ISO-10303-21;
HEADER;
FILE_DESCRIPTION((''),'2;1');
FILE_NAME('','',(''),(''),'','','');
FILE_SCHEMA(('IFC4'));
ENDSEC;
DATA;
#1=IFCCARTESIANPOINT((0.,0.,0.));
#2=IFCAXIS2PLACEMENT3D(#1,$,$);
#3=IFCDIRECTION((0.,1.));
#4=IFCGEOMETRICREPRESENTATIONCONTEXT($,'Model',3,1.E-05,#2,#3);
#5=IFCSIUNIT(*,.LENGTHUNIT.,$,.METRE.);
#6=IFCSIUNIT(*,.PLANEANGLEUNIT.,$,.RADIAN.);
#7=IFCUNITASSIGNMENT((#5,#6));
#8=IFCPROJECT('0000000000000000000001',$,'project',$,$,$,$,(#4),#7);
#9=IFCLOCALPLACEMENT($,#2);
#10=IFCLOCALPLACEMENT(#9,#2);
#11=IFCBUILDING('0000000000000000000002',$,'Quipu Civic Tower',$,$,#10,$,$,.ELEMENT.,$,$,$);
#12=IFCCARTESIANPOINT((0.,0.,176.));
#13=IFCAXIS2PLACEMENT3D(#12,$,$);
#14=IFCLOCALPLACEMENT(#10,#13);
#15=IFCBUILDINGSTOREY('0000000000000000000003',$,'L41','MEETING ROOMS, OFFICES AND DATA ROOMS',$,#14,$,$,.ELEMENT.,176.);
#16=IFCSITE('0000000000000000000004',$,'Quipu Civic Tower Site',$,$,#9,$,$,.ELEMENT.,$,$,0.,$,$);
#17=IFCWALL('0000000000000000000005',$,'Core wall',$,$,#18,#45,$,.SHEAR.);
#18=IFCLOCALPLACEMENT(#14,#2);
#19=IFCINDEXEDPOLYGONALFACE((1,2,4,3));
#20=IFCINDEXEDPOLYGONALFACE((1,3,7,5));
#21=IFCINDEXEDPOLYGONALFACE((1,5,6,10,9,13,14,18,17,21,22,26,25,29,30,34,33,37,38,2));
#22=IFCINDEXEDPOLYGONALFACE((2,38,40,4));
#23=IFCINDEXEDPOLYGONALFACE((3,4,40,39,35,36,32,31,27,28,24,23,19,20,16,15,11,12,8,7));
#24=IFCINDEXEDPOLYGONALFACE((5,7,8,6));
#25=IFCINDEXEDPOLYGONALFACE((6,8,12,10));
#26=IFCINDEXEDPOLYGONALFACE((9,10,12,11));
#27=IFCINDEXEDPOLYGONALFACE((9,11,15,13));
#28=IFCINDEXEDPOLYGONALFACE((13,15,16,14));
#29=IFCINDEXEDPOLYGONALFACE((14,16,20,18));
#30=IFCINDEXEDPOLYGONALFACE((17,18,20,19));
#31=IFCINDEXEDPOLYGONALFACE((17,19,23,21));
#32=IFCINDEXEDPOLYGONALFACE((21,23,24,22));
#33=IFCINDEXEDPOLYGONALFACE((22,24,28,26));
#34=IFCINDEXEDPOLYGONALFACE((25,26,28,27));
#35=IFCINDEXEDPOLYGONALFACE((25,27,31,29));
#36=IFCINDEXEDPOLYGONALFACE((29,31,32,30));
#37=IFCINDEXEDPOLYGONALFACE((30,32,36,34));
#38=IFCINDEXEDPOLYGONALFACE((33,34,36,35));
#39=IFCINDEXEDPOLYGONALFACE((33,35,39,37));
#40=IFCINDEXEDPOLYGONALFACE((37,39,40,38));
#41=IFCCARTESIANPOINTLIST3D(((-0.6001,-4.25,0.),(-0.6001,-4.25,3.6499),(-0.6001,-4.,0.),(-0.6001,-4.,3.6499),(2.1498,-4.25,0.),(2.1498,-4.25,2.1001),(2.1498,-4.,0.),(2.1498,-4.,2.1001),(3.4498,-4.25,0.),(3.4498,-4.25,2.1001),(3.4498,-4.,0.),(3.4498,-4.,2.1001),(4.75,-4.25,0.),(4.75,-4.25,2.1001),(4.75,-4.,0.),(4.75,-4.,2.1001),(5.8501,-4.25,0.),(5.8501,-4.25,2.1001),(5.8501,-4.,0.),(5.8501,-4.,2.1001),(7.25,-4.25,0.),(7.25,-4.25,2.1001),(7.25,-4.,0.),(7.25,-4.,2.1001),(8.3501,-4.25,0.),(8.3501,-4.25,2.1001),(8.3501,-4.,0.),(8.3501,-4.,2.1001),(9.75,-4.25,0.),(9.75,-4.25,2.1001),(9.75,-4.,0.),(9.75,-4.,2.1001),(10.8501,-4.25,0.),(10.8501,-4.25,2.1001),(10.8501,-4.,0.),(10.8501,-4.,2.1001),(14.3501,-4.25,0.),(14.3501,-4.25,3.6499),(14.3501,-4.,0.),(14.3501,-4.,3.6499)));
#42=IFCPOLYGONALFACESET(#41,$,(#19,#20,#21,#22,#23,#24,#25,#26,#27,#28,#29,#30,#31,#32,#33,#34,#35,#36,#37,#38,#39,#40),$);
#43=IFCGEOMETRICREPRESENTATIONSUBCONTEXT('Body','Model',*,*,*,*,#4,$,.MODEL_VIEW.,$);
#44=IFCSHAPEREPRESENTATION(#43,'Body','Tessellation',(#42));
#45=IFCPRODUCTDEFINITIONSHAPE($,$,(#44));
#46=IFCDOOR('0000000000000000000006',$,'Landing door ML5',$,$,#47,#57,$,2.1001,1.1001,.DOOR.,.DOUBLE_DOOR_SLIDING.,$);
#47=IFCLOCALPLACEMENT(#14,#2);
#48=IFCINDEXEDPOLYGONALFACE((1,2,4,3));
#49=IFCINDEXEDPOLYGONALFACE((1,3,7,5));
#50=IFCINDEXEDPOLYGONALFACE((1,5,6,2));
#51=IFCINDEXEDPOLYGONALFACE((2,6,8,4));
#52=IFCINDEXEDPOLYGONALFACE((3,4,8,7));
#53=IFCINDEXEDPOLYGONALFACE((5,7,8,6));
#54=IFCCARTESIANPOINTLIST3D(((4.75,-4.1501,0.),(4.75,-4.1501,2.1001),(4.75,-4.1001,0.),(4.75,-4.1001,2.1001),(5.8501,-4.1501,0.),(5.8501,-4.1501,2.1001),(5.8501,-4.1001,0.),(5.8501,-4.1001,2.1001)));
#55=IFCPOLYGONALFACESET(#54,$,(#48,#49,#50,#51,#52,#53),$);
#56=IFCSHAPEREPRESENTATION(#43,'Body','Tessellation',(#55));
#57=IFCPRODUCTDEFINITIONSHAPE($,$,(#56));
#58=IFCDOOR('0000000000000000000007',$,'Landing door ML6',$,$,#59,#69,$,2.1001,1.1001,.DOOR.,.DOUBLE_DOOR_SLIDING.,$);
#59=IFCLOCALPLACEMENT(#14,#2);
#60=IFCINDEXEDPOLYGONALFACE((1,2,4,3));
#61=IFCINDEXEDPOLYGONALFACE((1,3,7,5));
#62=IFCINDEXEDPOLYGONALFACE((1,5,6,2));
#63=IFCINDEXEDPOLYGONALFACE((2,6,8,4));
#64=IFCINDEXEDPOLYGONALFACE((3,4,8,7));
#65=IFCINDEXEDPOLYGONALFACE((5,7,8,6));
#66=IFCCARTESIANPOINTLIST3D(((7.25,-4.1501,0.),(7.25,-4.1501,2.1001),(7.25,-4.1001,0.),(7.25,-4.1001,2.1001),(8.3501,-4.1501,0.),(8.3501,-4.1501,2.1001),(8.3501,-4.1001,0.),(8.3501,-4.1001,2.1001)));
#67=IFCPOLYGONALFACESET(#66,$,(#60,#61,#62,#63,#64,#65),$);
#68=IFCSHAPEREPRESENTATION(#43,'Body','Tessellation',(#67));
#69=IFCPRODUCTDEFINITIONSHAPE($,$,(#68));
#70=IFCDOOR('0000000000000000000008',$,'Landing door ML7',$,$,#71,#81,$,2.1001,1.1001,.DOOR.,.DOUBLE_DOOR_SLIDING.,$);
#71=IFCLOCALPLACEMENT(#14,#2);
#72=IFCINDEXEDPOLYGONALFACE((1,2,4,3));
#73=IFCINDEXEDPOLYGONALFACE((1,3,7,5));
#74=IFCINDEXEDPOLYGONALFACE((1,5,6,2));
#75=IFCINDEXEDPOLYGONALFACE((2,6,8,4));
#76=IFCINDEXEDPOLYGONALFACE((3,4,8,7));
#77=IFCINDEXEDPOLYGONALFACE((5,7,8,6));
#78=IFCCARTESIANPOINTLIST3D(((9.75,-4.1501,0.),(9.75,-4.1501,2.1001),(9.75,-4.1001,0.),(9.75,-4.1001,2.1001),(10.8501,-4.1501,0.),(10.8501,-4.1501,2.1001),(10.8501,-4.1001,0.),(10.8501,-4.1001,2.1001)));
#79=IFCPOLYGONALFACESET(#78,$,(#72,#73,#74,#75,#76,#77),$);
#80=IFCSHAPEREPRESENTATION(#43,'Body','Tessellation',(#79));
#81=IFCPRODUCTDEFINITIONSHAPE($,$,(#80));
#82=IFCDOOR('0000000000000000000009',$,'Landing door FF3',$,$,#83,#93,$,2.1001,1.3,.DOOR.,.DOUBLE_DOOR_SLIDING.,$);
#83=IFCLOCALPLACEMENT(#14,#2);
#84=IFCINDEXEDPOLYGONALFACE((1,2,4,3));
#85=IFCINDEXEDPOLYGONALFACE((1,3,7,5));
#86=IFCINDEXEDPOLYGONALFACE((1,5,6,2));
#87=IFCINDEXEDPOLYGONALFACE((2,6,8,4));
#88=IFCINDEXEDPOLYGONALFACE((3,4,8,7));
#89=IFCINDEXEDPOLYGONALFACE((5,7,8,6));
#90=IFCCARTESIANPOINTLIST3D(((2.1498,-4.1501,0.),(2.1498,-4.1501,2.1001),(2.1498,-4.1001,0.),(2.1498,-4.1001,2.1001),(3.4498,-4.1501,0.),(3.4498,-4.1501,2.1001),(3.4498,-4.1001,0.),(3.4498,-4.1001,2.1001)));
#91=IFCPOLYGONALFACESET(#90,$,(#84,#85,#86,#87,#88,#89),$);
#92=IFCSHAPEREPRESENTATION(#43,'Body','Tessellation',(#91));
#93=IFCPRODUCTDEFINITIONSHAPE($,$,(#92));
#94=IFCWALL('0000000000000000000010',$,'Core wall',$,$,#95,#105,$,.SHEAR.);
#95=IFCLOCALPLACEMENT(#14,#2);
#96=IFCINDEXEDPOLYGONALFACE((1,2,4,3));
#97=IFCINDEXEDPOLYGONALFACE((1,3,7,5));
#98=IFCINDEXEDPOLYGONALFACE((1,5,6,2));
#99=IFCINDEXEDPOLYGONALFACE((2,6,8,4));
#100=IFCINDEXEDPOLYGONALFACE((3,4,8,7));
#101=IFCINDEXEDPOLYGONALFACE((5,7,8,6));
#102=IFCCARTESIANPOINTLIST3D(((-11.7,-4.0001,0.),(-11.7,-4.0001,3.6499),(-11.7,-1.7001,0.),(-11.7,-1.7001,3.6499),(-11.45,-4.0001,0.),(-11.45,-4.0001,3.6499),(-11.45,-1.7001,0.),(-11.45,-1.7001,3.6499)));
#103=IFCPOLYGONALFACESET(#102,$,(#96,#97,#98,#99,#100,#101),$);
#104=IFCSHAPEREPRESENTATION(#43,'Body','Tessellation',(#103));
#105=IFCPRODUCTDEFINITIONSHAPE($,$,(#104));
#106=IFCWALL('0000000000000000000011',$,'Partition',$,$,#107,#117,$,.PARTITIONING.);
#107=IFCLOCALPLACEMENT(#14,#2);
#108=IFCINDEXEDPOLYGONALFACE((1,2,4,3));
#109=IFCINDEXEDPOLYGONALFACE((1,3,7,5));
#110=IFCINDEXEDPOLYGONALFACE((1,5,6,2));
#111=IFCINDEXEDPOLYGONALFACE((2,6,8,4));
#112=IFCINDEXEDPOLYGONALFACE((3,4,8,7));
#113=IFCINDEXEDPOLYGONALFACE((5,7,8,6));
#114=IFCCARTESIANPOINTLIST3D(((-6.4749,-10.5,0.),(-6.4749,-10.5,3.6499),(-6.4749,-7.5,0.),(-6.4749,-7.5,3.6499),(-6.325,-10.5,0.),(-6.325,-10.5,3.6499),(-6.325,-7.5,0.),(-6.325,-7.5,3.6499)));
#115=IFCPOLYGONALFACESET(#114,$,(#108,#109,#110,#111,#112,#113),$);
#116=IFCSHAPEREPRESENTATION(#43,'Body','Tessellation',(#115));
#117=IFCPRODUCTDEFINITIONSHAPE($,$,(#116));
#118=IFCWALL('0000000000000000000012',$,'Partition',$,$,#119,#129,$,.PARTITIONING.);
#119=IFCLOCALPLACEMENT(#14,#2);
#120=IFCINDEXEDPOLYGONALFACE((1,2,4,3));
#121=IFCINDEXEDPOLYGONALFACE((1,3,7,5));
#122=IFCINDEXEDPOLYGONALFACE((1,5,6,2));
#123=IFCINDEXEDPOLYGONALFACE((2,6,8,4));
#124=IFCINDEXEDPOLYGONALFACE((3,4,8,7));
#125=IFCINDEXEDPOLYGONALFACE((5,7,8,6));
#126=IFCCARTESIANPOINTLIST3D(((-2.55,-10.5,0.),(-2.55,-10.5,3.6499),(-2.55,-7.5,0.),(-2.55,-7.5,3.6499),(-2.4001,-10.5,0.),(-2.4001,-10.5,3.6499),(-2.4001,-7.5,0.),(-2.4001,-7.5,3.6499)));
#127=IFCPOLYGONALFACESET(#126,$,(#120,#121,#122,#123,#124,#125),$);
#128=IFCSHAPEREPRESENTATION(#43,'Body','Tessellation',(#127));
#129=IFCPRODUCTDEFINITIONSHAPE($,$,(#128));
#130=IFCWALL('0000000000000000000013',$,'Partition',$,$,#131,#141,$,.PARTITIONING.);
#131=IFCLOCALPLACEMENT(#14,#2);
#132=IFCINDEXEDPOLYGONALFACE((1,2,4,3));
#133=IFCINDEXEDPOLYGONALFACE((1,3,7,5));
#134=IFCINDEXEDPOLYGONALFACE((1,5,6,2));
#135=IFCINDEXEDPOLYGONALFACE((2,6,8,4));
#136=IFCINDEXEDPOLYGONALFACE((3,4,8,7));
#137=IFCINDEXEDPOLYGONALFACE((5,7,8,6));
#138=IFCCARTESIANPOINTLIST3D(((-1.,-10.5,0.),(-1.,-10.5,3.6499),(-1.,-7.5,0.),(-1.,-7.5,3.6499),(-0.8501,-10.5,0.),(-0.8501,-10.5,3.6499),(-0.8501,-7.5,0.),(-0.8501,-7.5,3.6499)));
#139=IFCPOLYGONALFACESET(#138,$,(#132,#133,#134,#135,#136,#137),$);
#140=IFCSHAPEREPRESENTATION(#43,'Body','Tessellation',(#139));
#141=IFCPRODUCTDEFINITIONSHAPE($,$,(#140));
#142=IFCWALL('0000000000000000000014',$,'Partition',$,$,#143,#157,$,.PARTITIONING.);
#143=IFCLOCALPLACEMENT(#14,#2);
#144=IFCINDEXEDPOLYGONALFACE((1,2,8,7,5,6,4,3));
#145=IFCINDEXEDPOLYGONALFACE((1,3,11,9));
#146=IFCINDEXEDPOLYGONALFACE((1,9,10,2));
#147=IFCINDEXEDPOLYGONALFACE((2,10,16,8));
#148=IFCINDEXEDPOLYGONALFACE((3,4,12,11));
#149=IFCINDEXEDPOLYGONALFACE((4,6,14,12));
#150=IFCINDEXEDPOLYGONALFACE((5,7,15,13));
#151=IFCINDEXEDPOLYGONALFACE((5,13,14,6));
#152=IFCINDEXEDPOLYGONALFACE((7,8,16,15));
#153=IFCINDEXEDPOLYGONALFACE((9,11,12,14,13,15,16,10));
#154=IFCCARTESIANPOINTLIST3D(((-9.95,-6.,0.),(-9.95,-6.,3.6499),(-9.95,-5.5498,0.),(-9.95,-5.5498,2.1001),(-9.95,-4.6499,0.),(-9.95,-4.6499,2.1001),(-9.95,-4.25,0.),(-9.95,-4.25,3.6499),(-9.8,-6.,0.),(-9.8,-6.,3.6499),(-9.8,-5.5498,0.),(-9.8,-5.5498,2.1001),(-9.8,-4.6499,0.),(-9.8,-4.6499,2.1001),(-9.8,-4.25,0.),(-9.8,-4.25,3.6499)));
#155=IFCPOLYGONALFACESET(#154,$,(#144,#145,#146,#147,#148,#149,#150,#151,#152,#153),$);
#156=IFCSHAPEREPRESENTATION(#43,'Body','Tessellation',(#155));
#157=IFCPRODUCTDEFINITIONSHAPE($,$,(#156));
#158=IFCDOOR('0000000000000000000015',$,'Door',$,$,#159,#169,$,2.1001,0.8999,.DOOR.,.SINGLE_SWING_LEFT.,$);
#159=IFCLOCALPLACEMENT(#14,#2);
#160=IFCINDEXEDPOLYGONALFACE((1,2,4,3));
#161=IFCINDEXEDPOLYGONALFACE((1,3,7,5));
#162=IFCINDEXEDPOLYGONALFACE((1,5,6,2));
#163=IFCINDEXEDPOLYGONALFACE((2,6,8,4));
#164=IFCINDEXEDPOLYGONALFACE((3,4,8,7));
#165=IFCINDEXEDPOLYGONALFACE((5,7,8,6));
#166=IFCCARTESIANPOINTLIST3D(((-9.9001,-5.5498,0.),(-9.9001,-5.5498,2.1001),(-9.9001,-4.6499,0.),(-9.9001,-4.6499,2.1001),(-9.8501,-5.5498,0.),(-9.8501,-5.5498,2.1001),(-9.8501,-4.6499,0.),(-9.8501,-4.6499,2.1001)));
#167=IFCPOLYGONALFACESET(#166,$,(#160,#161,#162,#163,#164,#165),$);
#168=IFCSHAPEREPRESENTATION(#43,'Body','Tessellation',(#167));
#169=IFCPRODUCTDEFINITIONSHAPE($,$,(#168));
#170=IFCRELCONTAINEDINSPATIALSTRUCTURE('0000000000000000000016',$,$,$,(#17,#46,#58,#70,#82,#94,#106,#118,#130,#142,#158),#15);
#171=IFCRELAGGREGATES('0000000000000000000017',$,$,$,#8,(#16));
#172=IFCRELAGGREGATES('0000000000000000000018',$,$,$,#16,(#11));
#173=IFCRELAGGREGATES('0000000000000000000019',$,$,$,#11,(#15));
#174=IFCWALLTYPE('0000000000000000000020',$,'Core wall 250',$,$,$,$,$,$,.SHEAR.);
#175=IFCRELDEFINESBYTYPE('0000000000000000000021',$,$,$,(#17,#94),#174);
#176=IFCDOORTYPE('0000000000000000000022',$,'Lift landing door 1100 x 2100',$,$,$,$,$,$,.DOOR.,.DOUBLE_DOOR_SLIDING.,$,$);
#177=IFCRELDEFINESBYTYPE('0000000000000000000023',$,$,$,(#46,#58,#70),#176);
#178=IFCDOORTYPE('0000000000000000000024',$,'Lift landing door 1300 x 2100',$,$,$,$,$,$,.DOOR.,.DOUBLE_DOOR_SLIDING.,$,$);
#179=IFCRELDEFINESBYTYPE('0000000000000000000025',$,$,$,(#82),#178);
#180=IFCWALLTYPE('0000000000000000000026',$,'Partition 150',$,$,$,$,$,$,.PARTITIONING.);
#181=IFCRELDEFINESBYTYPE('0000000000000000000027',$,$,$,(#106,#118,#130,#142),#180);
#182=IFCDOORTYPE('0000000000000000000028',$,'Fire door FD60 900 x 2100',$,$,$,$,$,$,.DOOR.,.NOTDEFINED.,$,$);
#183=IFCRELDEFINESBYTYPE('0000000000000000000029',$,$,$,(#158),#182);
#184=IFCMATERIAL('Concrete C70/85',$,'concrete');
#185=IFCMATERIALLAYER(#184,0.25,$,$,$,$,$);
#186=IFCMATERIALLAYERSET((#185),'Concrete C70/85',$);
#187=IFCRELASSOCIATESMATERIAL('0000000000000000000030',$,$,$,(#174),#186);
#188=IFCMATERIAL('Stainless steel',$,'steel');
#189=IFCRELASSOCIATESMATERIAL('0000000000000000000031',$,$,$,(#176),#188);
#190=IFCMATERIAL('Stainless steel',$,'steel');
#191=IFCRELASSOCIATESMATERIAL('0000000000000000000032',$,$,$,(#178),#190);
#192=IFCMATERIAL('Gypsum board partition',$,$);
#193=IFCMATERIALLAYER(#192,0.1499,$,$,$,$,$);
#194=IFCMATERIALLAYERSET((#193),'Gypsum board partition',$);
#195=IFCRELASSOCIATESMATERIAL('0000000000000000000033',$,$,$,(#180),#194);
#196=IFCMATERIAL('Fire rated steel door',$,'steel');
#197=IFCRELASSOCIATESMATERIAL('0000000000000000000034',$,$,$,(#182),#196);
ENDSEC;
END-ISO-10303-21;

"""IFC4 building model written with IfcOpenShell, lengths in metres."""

from ifc_helpers import new_model, si_unit, direction, frame, frame_2d, origin, place, context, subcontext, project, spatial, rectangle, extrude, material, layer, layer_set, type_object, element, fill, save


model = new_model("IFC4")

# Units and contexts
model_context = context("Model", 3, precision=1e-05, world=origin(), true_north=direction((0.0, 1.0)))
body_context = subcontext(model_context, "Body", "Model", "MODEL_VIEW")
ifc_project = project(units=[si_unit("LENGTHUNIT", "METRE"), si_unit("PLANEANGLEUNIT", "RADIAN")], contexts=[model_context])

# Site, building, storey
site_placement = place(None, origin())
site = spatial("IfcSite", under=ifc_project, at=site_placement, Name="Quipu Civic Tower Site", CompositionType="ELEMENT", RefElevation=0.0)
building_placement = place(site_placement, origin())
building = spatial("IfcBuilding", under=site, at=building_placement, Name="Quipu Civic Tower", CompositionType="ELEMENT")
storey_placement = place(building_placement, frame((0.0, 0.0, 176.0)))
storey = spatial("IfcBuildingStorey", under=building, at=storey_placement, Name="L41", Description="MEETING ROOMS, OFFICES AND DATA ROOMS", CompositionType="ELEMENT", Elevation=176.0)

# Shared definitions
ifc_material_1 = material(Name="Concrete C70/85", Category="concrete")
ifc_layer_1 = layer(ifc_material_1, 0.25)
ifc_layer_set_1 = layer_set([ifc_layer_1], Name="Concrete C70/85")
wall_type_1 = type_object("IfcWallType", Name="Core wall 250", PredefinedType="SHEAR", material=ifc_layer_set_1)

# Wall, openings, doors
wall_1_placement = place(storey_placement, frame((-0.6001, -4.125, 0.0), z_axis=(0.0, 0.0, 1.0), x_axis=(1.0, 0.0, 0.0)))
wall_1 = element("IfcWall", 1, at=wall_1_placement, inside=storey, type_object=wall_type_1, Name="Core wall", PredefinedType="SHEAR", context=body_context, shape_type="SweptSolid", body=[
    extrude(rectangle(XDim=14.9502, YDim=0.25, at=frame_2d((7.4751, 0.0))), origin(), (0.0, 0.0, 1.0), 3.6499),
])
opening_1_placement = place(wall_1_placement, frame((2.75, 0.0, 0.0)))
opening_1 = element("IfcOpeningElement", 2, at=opening_1_placement, cuts=wall_1, PredefinedType="OPENING", context=body_context, shape_type="SweptSolid", body=[
    extrude(rectangle(XDim=1.3, YDim=2.1001, at=frame_2d((0.6499, 1.05))), frame((0.0, 0.135, 0.0), z_axis=(0.0, -1.0, 0.0), x_axis=(1.0, 0.0, 0.0)), (0.0, 0.0, 1.0), 0.27),
])
opening_2_placement = place(wall_1_placement, frame((5.3501, 0.0, 0.0)))
opening_2 = element("IfcOpeningElement", 3, at=opening_2_placement, cuts=wall_1, PredefinedType="OPENING", context=body_context, shape_type="SweptSolid", body=[
    extrude(rectangle(XDim=1.1001, YDim=2.1001, at=frame_2d((0.55, 1.05))), frame((0.0, 0.135, 0.0), z_axis=(0.0, -1.0, 0.0), x_axis=(1.0, 0.0, 0.0)), (0.0, 0.0, 1.0), 0.27),
])
opening_3_placement = place(wall_1_placement, frame((7.8501, 0.0, 0.0)))
opening_3 = element("IfcOpeningElement", 4, at=opening_3_placement, cuts=wall_1, PredefinedType="OPENING", context=body_context, shape_type="SweptSolid", body=[
    extrude(rectangle(XDim=1.1001, YDim=2.1001, at=frame_2d((0.55, 1.05))), frame((0.0, 0.135, 0.0), z_axis=(0.0, -1.0, 0.0), x_axis=(1.0, 0.0, 0.0)), (0.0, 0.0, 1.0), 0.27),
])
opening_4_placement = place(wall_1_placement, frame((10.3501, 0.0, 0.0)))
opening_4 = element("IfcOpeningElement", 5, at=opening_4_placement, cuts=wall_1, PredefinedType="OPENING", context=body_context, shape_type="SweptSolid", body=[
    extrude(rectangle(XDim=1.1001, YDim=2.1001, at=frame_2d((0.55, 1.05))), frame((0.0, 0.135, 0.0), z_axis=(0.0, -1.0, 0.0), x_axis=(1.0, 0.0, 0.0)), (0.0, 0.0, 1.0), 0.27),
])
ifc_material_2 = material(Name="Stainless steel", Category="steel")
door_type_1 = type_object("IfcDoorType", Name="Lift landing door 1100 x 2100", OperationType="DOUBLE_DOOR_SLIDING", PredefinedType="DOOR", material=ifc_material_2)
door_1_placement = place(opening_2_placement, origin())
door_1 = element("IfcDoor", 6, at=door_1_placement, inside=storey, type_object=door_type_1, Name="Landing door ML5", OperationType="DOUBLE_DOOR_SLIDING", OverallHeight=2.1001, OverallWidth=1.1001, PredefinedType="DOOR", context=body_context, shape_type="SweptSolid", body=[
    extrude(rectangle(XDim=1.1001, YDim=2.1001, at=frame_2d((0.55, 1.05))), frame((0.0, 0.0249, 0.0), z_axis=(0.0, -1.0, 0.0), x_axis=(1.0, 0.0, 0.0)), (0.0, 0.0, 1.0), 0.05),
])
fill(opening_2, door_1)
door_2_placement = place(opening_3_placement, origin())
door_2 = element("IfcDoor", 7, at=door_2_placement, inside=storey, type_object=door_type_1, Name="Landing door ML6", OperationType="DOUBLE_DOOR_SLIDING", OverallHeight=2.1001, OverallWidth=1.1001, PredefinedType="DOOR", context=body_context, shape_type="SweptSolid", body=[
    extrude(rectangle(XDim=1.1001, YDim=2.1001, at=frame_2d((0.55, 1.05))), frame((0.0, 0.0249, 0.0), z_axis=(0.0, -1.0, 0.0), x_axis=(1.0, 0.0, 0.0)), (0.0, 0.0, 1.0), 0.05),
])
fill(opening_3, door_2)
door_3_placement = place(opening_4_placement, origin())
door_3 = element("IfcDoor", 8, at=door_3_placement, inside=storey, type_object=door_type_1, Name="Landing door ML7", OperationType="DOUBLE_DOOR_SLIDING", OverallHeight=2.1001, OverallWidth=1.1001, PredefinedType="DOOR", context=body_context, shape_type="SweptSolid", body=[
    extrude(rectangle(XDim=1.1001, YDim=2.1001, at=frame_2d((0.55, 1.05))), frame((0.0, 0.0249, 0.0), z_axis=(0.0, -1.0, 0.0), x_axis=(1.0, 0.0, 0.0)), (0.0, 0.0, 1.0), 0.05),
])
fill(opening_4, door_3)
ifc_material_3 = material(Name="Stainless steel", Category="steel")
door_type_2 = type_object("IfcDoorType", Name="Lift landing door 1300 x 2100", OperationType="DOUBLE_DOOR_SLIDING", PredefinedType="DOOR", material=ifc_material_3)
door_4_placement = place(opening_1_placement, origin())
door_4 = element("IfcDoor", 9, at=door_4_placement, inside=storey, type_object=door_type_2, Name="Landing door FF3", OperationType="DOUBLE_DOOR_SLIDING", OverallHeight=2.1001, OverallWidth=1.3, PredefinedType="DOOR", context=body_context, shape_type="SweptSolid", body=[
    extrude(rectangle(XDim=1.3, YDim=2.1001, at=frame_2d((0.6499, 1.05))), frame((0.0, 0.0249, 0.0), z_axis=(0.0, -1.0, 0.0), x_axis=(1.0, 0.0, 0.0)), (0.0, 0.0, 1.0), 0.05),
])
fill(opening_1, door_4)

# Walls
wall_2_placement = place(storey_placement, frame((-11.575, -4.0, 0.0), z_axis=(0.0, 0.0, 1.0), x_axis=(0.0, 1.0, 0.0)))
element("IfcWall", 10, at=wall_2_placement, inside=storey, type_object=wall_type_1, Name="Core wall", PredefinedType="SHEAR", context=body_context, shape_type="SweptSolid", body=[
    extrude(rectangle(XDim=2.3, YDim=0.25, at=frame_2d((1.1499, 0.0))), origin(), (0.0, 0.0, 1.0), 3.6499),
])
ifc_material_4 = material(Name="Gypsum board partition")
ifc_layer_2 = layer(ifc_material_4, 0.1499)
ifc_layer_set_2 = layer_set([ifc_layer_2], Name="Gypsum board partition")
wall_type_2 = type_object("IfcWallType", Name="Partition 150", PredefinedType="PARTITIONING", material=ifc_layer_set_2)
for number, where, z_axis, x_axis, name in (
    (11, (-6.3999, -10.5, 0.0), (0.0, 0.0, 1.0), (0.0, 1.0, 0.0), "Partition"),
    (12, (-2.4751, -10.5, 0.0), (0.0, 0.0, 1.0), (0.0, 1.0, 0.0), "Partition"),
    (13, (-0.925, -10.5, 0.0), (0.0, 0.0, 1.0), (0.0, 1.0, 0.0), "Partition"),
):
    element("IfcWall", number, at=place(storey_placement, frame(where, z_axis=z_axis, x_axis=x_axis)), inside=storey, type_object=wall_type_2, Name=name, PredefinedType="PARTITIONING", context=body_context, shape_type="SweptSolid", body=[
        extrude(rectangle(XDim=3.0, YDim=0.1499, at=frame_2d((1.5, 0.0))), origin(), (0.0, 0.0, 1.0), 3.6499),
    ])

# Wall, opening, door
wall_3_placement = place(storey_placement, frame((-9.875, -4.25, 0.0), z_axis=(0.0, 0.0, 1.0), x_axis=(0.0, -1.0, 0.0)))
wall_3 = element("IfcWall", 14, at=wall_3_placement, inside=storey, type_object=wall_type_2, Name="Partition", PredefinedType="PARTITIONING", context=body_context, shape_type="SweptSolid", body=[
    extrude(rectangle(XDim=1.75, YDim=0.1499, at=frame_2d((0.875, 0.0))), origin(), (0.0, 0.0, 1.0), 3.6499),
])
opening_5_placement = place(wall_3_placement, frame((0.3999, 0.0, 0.0)))
opening_5 = element("IfcOpeningElement", 15, at=opening_5_placement, cuts=wall_3, PredefinedType="OPENING", context=body_context, shape_type="SweptSolid", body=[
    extrude(rectangle(XDim=0.8999, YDim=2.1001, at=frame_2d((0.45, 1.05))), frame((0.0, 0.085, 0.0), z_axis=(0.0, -1.0, 0.0), x_axis=(1.0, 0.0, 0.0)), (0.0, 0.0, 1.0), 0.1699),
])
ifc_material_5 = material(Name="Fire rated steel door", Category="steel")
door_type_3 = type_object("IfcDoorType", Name="Fire door FD60 900 x 2100", OperationType="NOTDEFINED", PredefinedType="DOOR", material=ifc_material_5)
door_5_placement = place(opening_5_placement, origin())
door_5 = element("IfcDoor", 16, at=door_5_placement, inside=storey, type_object=door_type_3, Name="Door", OperationType="SINGLE_SWING_LEFT", OverallHeight=2.1001, OverallWidth=0.8999, PredefinedType="DOOR", context=body_context, shape_type="SweptSolid", body=[
    extrude(rectangle(XDim=0.8999, YDim=2.1001, at=frame_2d((0.45, 1.05))), frame((0.0, 0.0249, 0.0), z_axis=(0.0, -1.0, 0.0), x_axis=(1.0, 0.0, 0.0)), (0.0, 0.0, 1.0), 0.05),
])
fill(opening_5, door_5)

save(model, "model.ifc")
